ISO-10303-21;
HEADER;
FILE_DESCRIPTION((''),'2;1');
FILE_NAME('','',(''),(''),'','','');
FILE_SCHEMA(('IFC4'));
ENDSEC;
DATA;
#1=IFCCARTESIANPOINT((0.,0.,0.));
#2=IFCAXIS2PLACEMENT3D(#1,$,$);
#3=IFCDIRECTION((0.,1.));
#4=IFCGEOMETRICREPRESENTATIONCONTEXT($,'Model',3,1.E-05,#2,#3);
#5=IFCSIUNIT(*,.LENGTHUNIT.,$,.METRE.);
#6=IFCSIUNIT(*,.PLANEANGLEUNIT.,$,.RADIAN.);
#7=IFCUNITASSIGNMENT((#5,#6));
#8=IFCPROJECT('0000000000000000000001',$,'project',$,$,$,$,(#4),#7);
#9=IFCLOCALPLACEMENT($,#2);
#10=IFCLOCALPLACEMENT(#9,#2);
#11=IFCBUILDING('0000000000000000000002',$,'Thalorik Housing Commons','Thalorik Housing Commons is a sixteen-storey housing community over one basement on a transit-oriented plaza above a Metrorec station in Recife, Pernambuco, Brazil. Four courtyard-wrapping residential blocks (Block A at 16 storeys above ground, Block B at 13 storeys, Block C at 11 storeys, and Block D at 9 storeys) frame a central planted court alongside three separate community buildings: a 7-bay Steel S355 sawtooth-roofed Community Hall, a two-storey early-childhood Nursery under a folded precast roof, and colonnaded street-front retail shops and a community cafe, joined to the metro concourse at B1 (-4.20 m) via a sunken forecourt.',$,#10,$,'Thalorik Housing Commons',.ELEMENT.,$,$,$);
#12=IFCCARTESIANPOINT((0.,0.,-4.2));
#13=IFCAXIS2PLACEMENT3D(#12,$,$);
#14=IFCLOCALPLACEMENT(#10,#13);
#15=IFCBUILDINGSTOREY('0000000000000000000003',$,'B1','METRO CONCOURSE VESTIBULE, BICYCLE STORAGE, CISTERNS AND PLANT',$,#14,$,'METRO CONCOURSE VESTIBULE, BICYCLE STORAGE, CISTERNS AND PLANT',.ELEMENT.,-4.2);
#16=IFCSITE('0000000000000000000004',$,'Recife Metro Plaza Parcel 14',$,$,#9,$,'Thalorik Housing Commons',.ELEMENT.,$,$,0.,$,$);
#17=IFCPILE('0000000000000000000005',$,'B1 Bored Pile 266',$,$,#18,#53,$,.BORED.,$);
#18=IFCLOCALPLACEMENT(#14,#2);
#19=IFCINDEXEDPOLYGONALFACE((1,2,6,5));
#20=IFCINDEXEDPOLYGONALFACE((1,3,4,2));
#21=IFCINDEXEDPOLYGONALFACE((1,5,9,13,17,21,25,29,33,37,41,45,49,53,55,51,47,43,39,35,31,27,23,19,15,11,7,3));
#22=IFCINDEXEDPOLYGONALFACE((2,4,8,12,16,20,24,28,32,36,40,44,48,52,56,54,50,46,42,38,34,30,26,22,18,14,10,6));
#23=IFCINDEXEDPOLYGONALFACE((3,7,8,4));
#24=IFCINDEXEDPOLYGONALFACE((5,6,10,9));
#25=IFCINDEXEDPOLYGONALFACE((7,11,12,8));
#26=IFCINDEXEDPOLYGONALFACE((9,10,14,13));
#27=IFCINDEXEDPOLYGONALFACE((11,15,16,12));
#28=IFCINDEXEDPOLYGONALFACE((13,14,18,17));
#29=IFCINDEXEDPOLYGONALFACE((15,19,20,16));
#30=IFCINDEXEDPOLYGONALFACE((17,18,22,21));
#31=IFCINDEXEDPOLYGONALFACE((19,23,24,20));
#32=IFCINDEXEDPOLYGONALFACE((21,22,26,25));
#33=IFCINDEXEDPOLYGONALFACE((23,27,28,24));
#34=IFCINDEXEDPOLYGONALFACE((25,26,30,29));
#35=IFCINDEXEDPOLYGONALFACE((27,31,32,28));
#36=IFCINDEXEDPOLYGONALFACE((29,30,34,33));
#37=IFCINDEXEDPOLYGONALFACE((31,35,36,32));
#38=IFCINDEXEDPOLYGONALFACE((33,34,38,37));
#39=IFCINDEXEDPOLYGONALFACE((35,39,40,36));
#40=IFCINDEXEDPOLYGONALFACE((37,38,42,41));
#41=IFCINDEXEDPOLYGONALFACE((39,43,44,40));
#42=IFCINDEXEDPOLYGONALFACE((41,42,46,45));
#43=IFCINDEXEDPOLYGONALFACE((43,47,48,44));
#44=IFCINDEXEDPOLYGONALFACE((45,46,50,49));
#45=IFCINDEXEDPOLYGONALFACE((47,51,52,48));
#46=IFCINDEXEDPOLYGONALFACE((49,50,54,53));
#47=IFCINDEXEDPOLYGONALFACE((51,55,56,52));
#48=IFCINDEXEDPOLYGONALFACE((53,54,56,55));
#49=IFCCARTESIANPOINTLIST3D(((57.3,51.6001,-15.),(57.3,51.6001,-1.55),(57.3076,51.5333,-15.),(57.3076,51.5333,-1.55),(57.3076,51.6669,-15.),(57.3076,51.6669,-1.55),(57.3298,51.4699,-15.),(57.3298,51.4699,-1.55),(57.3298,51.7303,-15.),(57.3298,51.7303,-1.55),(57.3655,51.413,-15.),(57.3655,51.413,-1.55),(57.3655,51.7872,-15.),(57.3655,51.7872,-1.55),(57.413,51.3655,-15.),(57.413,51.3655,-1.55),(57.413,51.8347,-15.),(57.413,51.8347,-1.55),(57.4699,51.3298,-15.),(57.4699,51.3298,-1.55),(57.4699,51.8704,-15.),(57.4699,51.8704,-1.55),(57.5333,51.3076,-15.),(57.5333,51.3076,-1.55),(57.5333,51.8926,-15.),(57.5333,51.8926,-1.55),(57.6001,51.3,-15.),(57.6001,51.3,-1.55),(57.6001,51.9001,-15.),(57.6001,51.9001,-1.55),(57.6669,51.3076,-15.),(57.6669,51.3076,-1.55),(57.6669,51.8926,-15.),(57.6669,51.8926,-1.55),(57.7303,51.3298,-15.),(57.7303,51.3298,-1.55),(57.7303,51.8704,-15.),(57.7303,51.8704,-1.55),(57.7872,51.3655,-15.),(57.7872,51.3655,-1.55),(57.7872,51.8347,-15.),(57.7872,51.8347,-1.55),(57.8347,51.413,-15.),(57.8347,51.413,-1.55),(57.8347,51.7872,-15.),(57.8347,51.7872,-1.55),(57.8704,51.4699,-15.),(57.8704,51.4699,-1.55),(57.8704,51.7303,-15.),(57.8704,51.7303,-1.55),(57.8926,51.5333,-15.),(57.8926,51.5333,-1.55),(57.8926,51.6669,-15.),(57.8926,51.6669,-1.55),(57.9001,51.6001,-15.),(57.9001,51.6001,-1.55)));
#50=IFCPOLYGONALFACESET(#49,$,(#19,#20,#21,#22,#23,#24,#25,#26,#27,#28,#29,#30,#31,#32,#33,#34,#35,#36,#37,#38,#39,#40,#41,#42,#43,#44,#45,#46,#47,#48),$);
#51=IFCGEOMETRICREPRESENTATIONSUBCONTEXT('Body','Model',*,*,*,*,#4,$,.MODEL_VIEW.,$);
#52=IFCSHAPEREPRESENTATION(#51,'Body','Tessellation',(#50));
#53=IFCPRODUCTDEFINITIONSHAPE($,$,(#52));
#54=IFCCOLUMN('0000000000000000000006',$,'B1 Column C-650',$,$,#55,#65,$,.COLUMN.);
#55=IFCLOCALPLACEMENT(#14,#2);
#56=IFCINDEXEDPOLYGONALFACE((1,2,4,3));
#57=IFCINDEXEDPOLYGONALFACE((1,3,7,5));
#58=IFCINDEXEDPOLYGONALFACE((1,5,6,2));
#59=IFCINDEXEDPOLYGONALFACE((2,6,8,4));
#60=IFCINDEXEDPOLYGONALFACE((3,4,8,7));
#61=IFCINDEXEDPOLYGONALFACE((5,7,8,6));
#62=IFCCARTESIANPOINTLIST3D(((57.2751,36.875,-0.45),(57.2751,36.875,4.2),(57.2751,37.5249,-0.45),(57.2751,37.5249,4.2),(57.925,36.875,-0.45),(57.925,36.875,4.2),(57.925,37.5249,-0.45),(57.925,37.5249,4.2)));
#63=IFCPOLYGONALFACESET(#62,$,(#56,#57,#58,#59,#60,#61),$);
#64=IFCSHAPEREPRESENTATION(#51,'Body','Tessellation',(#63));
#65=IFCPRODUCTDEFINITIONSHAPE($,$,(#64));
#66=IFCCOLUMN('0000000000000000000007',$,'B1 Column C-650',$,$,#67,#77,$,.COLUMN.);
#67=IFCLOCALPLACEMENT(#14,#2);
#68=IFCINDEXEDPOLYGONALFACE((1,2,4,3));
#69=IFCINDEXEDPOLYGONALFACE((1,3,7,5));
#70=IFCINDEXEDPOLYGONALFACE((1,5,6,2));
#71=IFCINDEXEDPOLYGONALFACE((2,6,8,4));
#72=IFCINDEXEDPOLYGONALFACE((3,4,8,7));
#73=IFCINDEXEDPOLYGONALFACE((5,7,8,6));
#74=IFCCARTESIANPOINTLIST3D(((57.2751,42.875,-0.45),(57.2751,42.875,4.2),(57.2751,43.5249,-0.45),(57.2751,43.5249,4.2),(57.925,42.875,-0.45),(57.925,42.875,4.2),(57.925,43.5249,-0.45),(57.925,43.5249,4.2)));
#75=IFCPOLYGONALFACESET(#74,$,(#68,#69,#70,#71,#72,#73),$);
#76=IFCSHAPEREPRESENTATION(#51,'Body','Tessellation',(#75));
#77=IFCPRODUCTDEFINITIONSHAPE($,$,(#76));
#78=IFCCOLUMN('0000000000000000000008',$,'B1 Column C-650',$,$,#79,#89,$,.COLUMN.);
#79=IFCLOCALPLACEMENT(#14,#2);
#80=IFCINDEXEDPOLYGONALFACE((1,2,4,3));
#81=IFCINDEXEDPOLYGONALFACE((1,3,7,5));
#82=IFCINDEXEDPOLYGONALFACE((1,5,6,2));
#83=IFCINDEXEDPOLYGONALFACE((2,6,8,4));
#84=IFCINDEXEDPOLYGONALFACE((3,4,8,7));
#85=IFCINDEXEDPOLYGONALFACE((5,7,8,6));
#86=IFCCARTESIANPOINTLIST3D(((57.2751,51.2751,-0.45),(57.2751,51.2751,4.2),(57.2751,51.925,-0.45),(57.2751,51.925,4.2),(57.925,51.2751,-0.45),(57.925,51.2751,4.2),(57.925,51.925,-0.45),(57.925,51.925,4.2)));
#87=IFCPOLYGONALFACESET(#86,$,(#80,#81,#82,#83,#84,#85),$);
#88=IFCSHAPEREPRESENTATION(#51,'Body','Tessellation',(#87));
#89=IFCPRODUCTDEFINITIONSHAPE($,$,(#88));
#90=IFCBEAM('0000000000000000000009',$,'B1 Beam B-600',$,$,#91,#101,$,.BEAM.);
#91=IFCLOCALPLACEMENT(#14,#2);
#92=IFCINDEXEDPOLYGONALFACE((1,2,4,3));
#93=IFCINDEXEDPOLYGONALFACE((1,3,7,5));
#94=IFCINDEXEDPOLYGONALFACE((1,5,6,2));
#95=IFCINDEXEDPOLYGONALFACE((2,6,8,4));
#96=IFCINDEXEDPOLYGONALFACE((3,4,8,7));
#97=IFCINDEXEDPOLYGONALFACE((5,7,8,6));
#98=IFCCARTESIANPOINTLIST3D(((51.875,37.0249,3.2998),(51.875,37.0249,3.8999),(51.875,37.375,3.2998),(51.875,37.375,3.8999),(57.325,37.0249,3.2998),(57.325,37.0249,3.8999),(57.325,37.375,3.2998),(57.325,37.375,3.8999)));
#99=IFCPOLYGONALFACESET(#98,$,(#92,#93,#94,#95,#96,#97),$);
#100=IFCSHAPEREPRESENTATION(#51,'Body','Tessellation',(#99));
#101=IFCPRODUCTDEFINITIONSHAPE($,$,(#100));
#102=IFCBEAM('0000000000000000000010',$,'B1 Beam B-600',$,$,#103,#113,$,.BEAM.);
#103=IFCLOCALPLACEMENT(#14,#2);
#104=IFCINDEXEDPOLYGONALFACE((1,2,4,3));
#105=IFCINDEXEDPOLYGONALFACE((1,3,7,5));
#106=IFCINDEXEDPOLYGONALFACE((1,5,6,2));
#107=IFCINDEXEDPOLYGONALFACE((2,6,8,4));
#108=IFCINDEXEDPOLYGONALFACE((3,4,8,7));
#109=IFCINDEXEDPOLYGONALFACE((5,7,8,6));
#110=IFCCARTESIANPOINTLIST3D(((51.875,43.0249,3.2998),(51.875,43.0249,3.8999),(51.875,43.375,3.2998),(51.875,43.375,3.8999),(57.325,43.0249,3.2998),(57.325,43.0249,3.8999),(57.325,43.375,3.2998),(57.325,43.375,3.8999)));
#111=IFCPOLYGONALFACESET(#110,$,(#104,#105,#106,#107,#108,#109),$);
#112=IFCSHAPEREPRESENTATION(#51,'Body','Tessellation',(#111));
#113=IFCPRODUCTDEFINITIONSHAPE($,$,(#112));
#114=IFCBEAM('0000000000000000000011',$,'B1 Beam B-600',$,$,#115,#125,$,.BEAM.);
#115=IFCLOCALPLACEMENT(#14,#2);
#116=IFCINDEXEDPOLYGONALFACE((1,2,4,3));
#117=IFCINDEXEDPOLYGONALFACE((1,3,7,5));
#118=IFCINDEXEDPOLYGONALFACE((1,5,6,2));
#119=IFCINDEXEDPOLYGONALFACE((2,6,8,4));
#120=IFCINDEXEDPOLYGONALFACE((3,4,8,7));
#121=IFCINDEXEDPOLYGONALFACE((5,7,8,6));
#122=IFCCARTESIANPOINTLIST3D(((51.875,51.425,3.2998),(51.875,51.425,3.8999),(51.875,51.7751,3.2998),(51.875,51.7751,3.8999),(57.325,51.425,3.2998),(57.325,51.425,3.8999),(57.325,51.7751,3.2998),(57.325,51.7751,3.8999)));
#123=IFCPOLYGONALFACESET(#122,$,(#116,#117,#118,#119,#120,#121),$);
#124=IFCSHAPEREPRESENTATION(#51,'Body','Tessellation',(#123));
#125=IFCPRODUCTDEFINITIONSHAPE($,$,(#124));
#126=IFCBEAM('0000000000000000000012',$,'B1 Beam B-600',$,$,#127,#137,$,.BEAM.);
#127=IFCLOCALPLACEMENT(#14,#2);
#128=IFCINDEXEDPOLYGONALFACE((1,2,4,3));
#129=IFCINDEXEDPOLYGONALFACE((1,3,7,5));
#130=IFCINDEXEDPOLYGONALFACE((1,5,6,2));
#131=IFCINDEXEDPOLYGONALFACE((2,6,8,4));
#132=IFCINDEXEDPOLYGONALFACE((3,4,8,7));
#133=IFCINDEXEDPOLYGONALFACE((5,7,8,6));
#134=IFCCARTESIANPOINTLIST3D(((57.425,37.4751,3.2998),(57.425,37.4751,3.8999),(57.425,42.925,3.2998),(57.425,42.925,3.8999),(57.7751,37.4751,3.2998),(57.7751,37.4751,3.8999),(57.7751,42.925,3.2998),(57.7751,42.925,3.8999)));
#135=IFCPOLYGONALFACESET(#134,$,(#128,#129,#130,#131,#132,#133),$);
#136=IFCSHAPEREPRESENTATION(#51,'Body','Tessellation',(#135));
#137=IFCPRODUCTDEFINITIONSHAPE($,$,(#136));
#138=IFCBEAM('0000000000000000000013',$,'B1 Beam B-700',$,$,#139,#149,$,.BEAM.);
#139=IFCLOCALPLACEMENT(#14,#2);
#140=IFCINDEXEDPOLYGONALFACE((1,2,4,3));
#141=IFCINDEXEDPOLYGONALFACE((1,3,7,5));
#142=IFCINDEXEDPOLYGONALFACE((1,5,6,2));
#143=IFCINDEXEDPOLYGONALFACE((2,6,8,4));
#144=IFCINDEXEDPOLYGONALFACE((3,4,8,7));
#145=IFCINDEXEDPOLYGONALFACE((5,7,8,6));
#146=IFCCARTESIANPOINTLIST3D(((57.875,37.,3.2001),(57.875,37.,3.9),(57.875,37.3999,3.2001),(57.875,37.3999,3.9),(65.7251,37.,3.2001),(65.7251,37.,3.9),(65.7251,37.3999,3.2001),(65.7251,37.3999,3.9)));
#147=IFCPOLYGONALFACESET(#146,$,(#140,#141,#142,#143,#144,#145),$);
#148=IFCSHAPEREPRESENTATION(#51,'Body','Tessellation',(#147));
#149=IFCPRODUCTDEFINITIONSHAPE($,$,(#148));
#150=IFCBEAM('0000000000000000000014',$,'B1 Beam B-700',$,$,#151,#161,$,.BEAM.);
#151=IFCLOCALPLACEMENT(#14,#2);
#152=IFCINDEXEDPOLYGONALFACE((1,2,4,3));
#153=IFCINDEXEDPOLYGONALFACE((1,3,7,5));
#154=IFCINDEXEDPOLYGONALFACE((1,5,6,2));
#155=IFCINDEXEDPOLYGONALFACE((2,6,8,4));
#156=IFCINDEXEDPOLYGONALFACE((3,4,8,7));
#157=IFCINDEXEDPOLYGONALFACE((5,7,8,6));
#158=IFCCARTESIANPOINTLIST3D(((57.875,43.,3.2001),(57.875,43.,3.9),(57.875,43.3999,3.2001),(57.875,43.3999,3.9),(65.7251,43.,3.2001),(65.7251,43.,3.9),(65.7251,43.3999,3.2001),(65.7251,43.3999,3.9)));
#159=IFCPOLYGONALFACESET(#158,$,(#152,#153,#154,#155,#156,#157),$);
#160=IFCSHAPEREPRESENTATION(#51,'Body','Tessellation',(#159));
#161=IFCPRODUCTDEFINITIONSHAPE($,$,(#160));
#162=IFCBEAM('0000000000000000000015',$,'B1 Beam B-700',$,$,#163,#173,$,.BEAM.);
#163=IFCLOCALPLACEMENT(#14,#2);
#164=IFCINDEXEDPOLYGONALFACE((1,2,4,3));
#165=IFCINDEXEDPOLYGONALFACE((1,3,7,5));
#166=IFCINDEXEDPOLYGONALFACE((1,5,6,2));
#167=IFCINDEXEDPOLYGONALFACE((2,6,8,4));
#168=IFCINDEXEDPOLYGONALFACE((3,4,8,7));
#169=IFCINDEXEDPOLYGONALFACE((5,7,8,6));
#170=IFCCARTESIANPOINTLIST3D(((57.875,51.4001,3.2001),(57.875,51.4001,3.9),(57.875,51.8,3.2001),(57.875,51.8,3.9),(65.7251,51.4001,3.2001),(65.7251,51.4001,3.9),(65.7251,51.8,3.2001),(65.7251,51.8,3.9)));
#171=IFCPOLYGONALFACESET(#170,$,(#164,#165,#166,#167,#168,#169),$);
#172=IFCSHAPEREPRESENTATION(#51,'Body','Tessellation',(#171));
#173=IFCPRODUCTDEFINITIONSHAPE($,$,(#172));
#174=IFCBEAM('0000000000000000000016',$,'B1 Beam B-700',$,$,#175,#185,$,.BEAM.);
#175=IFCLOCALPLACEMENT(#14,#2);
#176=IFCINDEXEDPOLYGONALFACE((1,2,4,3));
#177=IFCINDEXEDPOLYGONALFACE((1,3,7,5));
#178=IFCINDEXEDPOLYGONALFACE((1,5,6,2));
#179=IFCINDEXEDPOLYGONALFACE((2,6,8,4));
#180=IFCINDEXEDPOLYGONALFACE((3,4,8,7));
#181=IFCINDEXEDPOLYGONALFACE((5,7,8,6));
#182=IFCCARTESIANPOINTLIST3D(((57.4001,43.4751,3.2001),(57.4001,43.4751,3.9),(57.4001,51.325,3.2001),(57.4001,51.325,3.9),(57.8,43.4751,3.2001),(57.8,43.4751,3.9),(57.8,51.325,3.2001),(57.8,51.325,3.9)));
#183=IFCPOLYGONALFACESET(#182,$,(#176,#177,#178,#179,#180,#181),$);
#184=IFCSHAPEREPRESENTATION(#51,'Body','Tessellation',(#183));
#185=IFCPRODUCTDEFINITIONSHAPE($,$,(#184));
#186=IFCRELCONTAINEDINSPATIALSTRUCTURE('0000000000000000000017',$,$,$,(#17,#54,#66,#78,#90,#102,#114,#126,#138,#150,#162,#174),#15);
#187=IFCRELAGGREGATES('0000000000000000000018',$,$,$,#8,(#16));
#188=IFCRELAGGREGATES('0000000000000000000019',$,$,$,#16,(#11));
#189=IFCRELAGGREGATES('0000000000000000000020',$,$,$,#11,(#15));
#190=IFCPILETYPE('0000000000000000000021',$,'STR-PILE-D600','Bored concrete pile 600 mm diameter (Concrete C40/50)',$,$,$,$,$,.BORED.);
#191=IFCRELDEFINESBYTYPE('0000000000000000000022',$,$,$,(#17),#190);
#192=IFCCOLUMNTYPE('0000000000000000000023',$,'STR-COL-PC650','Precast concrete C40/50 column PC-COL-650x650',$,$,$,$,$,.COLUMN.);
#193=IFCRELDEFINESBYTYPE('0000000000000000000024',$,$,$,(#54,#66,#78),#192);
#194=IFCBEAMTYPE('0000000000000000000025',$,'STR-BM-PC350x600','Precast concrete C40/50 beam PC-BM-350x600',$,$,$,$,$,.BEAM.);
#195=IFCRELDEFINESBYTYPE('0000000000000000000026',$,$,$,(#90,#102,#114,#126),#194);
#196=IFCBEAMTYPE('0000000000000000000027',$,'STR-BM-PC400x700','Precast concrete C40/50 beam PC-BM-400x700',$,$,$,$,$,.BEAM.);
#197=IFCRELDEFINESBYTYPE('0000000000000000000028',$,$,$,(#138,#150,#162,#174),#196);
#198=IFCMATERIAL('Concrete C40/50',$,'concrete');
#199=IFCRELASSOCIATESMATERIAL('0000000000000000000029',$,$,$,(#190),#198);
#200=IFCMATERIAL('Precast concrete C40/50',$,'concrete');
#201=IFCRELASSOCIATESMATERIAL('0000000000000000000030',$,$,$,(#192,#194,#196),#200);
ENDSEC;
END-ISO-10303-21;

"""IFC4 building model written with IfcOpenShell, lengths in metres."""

from ifc_helpers import new_model, si_unit, direction, frame, origin, origin_2d, place, context, subcontext, project, spatial, rectangle, circle, extrude, material, material_profile, profile_set, type_object, element, save


model = new_model("IFC4")

# Units and contexts
model_context = context("Model", 3, precision=1e-05, world=origin(), true_north=direction((0.0, 1.0)))
body_context = subcontext(model_context, "Body", "Model", "MODEL_VIEW")
ifc_project = project(units=[si_unit("LENGTHUNIT", "METRE"), si_unit("PLANEANGLEUNIT", "RADIAN")], contexts=[model_context])

# Site, building, storey
site_placement = place(None, origin())
site = spatial("IfcSite", under=ifc_project, at=site_placement, Name="Recife Metro Plaza Parcel 14", LongName="Thalorik Housing Commons", CompositionType="ELEMENT", RefElevation=0.0)
building_placement = place(site_placement, origin())
building = spatial("IfcBuilding", under=site, at=building_placement, Name="Thalorik Housing Commons", Description="Thalorik Housing Commons is a sixteen-storey housing community over one basement on a transit-oriented plaza above a Metrorec station in Recife, Pernambuco, Brazil. Four courtyard-wrapping residential blocks (Block A at 16 storeys above ground, Block B at 13 storeys, Block C at 11 storeys, and Block D at 9 storeys) frame a central planted court alongside three separate community buildings: a 7-bay Steel S355 sawtooth-roofed Community Hall, a two-storey early-childhood Nursery under a folded precast roof, and colonnaded street-front retail shops and a community cafe, joined to the metro concourse at B1 (-4.20 m) via a sunken forecourt.", LongName="Thalorik Housing Commons", CompositionType="ELEMENT")
storey_placement = place(building_placement, frame((0.0, 0.0, -4.2)))
storey = spatial("IfcBuildingStorey", under=building, at=storey_placement, Name="B1", Description="METRO CONCOURSE VESTIBULE, BICYCLE STORAGE, CISTERNS AND PLANT", LongName="METRO CONCOURSE VESTIBULE, BICYCLE STORAGE, CISTERNS AND PLANT", CompositionType="ELEMENT", Elevation=-4.2)

# Shared definitions
ifc_material_1 = material(Name="Concrete C40/50", Category="concrete")

# Pile
ifc_material_profile_1 = material_profile(ifc_material_1, circle(Radius=0.3, at=origin_2d()), Name="BORED PILE D600", Category="concrete")
ifc_profile_set_1 = profile_set([ifc_material_profile_1], Name="Concrete C40/50")
pile_type = type_object("IfcPileType", Name="STR-PILE-D600", Description="Bored concrete pile 600 mm diameter (Concrete C40/50)", PredefinedType="BORED", material=ifc_profile_set_1)
for number, where, z_axis, x_axis, name in (
    (1, (57.6001, 51.6001, -1.55), (0.0, 0.0, -1.0), (1.0, 0.0, 0.0), "B1 Bored Pile 266"),
):
    element("IfcPile", number, at=place(storey_placement, frame(where, z_axis=z_axis, x_axis=x_axis)), inside=storey, type_object=pile_type, Name=name, PredefinedType="BORED", context=body_context, shape_type="SweptSolid", body=[
        extrude(circle(Radius=0.3, at=origin_2d()), origin(), (0.0, 0.0, 1.0), 13.45),
    ])

# Columns
ifc_material_2 = material(Name="Precast concrete C40/50", Category="concrete")
ifc_material_profile_2 = material_profile(ifc_material_2, rectangle(XDim=0.6499, YDim=0.6499, at=origin_2d()), Name="PC 650x650", Category="concrete")
ifc_profile_set_2 = profile_set([ifc_material_profile_2], Name="Precast concrete C40/50")
column_type = type_object("IfcColumnType", Name="STR-COL-PC650", Description="Precast concrete C40/50 column PC-COL-650x650", PredefinedType="COLUMN", material=ifc_profile_set_2)
for number, where, z_axis, x_axis, name in (
    (2, (57.6001, 37.2, -0.45), (0.0, 0.0, 1.0), (1.0, 0.0, 0.0), "B1 Column C-650"),
    (3, (57.6001, 43.2, -0.45), (0.0, 0.0, 1.0), (1.0, 0.0, 0.0), "B1 Column C-650"),
    (4, (57.6001, 51.6001, -0.45), (0.0, 0.0, 1.0), (1.0, 0.0, 0.0), "B1 Column C-650"),
):
    element("IfcColumn", number, at=place(storey_placement, frame(where, z_axis=z_axis, x_axis=x_axis)), inside=storey, type_object=column_type, Name=name, PredefinedType="COLUMN", context=body_context, shape_type="SweptSolid", body=[
        extrude(rectangle(XDim=0.6499, YDim=0.6499, at=origin_2d()), origin(), (0.0, 0.0, 1.0), 4.6499),
    ])

# Beams
ifc_material_profile_3 = material_profile(ifc_material_2, rectangle(XDim=0.3501, YDim=0.6001, at=origin_2d()), Name="PC 350x600", Category="concrete")
ifc_profile_set_3 = profile_set([ifc_material_profile_3], Name="Precast concrete C40/50")
beam_type_1 = type_object("IfcBeamType", Name="STR-BM-PC350x600", Description="Precast concrete C40/50 beam PC-BM-350x600", PredefinedType="BEAM", material=ifc_profile_set_3)
for number, where, z_axis, x_axis, name in (
    (5, (51.875, 37.2, 3.5999), (1.0, 0.0, 0.0), (0.0, 1.0, 0.0), "B1 Beam B-600"),
    (6, (51.875, 43.2, 3.5999), (1.0, 0.0, 0.0), (0.0, 1.0, 0.0), "B1 Beam B-600"),
    (7, (51.875, 51.6001, 3.5999), (1.0, 0.0, 0.0), (0.0, 1.0, 0.0), "B1 Beam B-600"),
    (8, (57.6001, 37.4751, 3.5999), (0.0, 1.0, 0.0), (-1.0, 0.0, 0.0), "B1 Beam B-600"),
):
    element("IfcBeam", number, at=place(storey_placement, frame(where, z_axis=z_axis, x_axis=x_axis)), inside=storey, type_object=beam_type_1, Name=name, PredefinedType="BEAM", context=body_context, shape_type="SweptSolid", body=[
        extrude(rectangle(XDim=0.3501, YDim=0.6001, at=origin_2d()), origin(), (0.0, 0.0, 1.0), 5.45),
    ])
ifc_material_profile_4 = material_profile(ifc_material_2, rectangle(XDim=0.3999, YDim=0.7, at=origin_2d()), Name="PC 400x700", Category="concrete")
ifc_profile_set_4 = profile_set([ifc_material_profile_4], Name="Precast concrete C40/50")
beam_type_2 = type_object("IfcBeamType", Name="STR-BM-PC400x700", Description="Precast concrete C40/50 beam PC-BM-400x700", PredefinedType="BEAM", material=ifc_profile_set_4)
for number, where, z_axis, x_axis, name in (
    (9, (57.875, 37.2, 3.55), (1.0, 0.0, 0.0), (0.0, 1.0, 0.0), "B1 Beam B-700"),
    (10, (57.875, 43.2, 3.55), (1.0, 0.0, 0.0), (0.0, 1.0, 0.0), "B1 Beam B-700"),
    (11, (57.875, 51.6001, 3.55), (1.0, 0.0, 0.0), (0.0, 1.0, 0.0), "B1 Beam B-700"),
):
    element("IfcBeam", number, at=place(storey_placement, frame(where, z_axis=z_axis, x_axis=x_axis)), inside=storey, type_object=beam_type_2, Name=name, PredefinedType="BEAM", context=body_context, shape_type="SweptSolid", body=[
        extrude(rectangle(XDim=0.3999, YDim=0.7, at=origin_2d()), origin(), (0.0, 0.0, 1.0), 7.8501),
    ])
beam_placement = place(storey_placement, frame((57.6001, 43.4751, 3.55), z_axis=(0.0, 1.0, 0.0), x_axis=(-1.0, 0.0, 0.0)))
element("IfcBeam", 12, at=beam_placement, inside=storey, type_object=beam_type_2, Name="B1 Beam B-700", PredefinedType="BEAM", context=body_context, shape_type="SweptSolid", body=[
    extrude(rectangle(XDim=0.3999, YDim=0.7, at=origin_2d()), origin(), (0.0, 0.0, 1.0), 7.8499),
])

save(model, "model.ifc")
